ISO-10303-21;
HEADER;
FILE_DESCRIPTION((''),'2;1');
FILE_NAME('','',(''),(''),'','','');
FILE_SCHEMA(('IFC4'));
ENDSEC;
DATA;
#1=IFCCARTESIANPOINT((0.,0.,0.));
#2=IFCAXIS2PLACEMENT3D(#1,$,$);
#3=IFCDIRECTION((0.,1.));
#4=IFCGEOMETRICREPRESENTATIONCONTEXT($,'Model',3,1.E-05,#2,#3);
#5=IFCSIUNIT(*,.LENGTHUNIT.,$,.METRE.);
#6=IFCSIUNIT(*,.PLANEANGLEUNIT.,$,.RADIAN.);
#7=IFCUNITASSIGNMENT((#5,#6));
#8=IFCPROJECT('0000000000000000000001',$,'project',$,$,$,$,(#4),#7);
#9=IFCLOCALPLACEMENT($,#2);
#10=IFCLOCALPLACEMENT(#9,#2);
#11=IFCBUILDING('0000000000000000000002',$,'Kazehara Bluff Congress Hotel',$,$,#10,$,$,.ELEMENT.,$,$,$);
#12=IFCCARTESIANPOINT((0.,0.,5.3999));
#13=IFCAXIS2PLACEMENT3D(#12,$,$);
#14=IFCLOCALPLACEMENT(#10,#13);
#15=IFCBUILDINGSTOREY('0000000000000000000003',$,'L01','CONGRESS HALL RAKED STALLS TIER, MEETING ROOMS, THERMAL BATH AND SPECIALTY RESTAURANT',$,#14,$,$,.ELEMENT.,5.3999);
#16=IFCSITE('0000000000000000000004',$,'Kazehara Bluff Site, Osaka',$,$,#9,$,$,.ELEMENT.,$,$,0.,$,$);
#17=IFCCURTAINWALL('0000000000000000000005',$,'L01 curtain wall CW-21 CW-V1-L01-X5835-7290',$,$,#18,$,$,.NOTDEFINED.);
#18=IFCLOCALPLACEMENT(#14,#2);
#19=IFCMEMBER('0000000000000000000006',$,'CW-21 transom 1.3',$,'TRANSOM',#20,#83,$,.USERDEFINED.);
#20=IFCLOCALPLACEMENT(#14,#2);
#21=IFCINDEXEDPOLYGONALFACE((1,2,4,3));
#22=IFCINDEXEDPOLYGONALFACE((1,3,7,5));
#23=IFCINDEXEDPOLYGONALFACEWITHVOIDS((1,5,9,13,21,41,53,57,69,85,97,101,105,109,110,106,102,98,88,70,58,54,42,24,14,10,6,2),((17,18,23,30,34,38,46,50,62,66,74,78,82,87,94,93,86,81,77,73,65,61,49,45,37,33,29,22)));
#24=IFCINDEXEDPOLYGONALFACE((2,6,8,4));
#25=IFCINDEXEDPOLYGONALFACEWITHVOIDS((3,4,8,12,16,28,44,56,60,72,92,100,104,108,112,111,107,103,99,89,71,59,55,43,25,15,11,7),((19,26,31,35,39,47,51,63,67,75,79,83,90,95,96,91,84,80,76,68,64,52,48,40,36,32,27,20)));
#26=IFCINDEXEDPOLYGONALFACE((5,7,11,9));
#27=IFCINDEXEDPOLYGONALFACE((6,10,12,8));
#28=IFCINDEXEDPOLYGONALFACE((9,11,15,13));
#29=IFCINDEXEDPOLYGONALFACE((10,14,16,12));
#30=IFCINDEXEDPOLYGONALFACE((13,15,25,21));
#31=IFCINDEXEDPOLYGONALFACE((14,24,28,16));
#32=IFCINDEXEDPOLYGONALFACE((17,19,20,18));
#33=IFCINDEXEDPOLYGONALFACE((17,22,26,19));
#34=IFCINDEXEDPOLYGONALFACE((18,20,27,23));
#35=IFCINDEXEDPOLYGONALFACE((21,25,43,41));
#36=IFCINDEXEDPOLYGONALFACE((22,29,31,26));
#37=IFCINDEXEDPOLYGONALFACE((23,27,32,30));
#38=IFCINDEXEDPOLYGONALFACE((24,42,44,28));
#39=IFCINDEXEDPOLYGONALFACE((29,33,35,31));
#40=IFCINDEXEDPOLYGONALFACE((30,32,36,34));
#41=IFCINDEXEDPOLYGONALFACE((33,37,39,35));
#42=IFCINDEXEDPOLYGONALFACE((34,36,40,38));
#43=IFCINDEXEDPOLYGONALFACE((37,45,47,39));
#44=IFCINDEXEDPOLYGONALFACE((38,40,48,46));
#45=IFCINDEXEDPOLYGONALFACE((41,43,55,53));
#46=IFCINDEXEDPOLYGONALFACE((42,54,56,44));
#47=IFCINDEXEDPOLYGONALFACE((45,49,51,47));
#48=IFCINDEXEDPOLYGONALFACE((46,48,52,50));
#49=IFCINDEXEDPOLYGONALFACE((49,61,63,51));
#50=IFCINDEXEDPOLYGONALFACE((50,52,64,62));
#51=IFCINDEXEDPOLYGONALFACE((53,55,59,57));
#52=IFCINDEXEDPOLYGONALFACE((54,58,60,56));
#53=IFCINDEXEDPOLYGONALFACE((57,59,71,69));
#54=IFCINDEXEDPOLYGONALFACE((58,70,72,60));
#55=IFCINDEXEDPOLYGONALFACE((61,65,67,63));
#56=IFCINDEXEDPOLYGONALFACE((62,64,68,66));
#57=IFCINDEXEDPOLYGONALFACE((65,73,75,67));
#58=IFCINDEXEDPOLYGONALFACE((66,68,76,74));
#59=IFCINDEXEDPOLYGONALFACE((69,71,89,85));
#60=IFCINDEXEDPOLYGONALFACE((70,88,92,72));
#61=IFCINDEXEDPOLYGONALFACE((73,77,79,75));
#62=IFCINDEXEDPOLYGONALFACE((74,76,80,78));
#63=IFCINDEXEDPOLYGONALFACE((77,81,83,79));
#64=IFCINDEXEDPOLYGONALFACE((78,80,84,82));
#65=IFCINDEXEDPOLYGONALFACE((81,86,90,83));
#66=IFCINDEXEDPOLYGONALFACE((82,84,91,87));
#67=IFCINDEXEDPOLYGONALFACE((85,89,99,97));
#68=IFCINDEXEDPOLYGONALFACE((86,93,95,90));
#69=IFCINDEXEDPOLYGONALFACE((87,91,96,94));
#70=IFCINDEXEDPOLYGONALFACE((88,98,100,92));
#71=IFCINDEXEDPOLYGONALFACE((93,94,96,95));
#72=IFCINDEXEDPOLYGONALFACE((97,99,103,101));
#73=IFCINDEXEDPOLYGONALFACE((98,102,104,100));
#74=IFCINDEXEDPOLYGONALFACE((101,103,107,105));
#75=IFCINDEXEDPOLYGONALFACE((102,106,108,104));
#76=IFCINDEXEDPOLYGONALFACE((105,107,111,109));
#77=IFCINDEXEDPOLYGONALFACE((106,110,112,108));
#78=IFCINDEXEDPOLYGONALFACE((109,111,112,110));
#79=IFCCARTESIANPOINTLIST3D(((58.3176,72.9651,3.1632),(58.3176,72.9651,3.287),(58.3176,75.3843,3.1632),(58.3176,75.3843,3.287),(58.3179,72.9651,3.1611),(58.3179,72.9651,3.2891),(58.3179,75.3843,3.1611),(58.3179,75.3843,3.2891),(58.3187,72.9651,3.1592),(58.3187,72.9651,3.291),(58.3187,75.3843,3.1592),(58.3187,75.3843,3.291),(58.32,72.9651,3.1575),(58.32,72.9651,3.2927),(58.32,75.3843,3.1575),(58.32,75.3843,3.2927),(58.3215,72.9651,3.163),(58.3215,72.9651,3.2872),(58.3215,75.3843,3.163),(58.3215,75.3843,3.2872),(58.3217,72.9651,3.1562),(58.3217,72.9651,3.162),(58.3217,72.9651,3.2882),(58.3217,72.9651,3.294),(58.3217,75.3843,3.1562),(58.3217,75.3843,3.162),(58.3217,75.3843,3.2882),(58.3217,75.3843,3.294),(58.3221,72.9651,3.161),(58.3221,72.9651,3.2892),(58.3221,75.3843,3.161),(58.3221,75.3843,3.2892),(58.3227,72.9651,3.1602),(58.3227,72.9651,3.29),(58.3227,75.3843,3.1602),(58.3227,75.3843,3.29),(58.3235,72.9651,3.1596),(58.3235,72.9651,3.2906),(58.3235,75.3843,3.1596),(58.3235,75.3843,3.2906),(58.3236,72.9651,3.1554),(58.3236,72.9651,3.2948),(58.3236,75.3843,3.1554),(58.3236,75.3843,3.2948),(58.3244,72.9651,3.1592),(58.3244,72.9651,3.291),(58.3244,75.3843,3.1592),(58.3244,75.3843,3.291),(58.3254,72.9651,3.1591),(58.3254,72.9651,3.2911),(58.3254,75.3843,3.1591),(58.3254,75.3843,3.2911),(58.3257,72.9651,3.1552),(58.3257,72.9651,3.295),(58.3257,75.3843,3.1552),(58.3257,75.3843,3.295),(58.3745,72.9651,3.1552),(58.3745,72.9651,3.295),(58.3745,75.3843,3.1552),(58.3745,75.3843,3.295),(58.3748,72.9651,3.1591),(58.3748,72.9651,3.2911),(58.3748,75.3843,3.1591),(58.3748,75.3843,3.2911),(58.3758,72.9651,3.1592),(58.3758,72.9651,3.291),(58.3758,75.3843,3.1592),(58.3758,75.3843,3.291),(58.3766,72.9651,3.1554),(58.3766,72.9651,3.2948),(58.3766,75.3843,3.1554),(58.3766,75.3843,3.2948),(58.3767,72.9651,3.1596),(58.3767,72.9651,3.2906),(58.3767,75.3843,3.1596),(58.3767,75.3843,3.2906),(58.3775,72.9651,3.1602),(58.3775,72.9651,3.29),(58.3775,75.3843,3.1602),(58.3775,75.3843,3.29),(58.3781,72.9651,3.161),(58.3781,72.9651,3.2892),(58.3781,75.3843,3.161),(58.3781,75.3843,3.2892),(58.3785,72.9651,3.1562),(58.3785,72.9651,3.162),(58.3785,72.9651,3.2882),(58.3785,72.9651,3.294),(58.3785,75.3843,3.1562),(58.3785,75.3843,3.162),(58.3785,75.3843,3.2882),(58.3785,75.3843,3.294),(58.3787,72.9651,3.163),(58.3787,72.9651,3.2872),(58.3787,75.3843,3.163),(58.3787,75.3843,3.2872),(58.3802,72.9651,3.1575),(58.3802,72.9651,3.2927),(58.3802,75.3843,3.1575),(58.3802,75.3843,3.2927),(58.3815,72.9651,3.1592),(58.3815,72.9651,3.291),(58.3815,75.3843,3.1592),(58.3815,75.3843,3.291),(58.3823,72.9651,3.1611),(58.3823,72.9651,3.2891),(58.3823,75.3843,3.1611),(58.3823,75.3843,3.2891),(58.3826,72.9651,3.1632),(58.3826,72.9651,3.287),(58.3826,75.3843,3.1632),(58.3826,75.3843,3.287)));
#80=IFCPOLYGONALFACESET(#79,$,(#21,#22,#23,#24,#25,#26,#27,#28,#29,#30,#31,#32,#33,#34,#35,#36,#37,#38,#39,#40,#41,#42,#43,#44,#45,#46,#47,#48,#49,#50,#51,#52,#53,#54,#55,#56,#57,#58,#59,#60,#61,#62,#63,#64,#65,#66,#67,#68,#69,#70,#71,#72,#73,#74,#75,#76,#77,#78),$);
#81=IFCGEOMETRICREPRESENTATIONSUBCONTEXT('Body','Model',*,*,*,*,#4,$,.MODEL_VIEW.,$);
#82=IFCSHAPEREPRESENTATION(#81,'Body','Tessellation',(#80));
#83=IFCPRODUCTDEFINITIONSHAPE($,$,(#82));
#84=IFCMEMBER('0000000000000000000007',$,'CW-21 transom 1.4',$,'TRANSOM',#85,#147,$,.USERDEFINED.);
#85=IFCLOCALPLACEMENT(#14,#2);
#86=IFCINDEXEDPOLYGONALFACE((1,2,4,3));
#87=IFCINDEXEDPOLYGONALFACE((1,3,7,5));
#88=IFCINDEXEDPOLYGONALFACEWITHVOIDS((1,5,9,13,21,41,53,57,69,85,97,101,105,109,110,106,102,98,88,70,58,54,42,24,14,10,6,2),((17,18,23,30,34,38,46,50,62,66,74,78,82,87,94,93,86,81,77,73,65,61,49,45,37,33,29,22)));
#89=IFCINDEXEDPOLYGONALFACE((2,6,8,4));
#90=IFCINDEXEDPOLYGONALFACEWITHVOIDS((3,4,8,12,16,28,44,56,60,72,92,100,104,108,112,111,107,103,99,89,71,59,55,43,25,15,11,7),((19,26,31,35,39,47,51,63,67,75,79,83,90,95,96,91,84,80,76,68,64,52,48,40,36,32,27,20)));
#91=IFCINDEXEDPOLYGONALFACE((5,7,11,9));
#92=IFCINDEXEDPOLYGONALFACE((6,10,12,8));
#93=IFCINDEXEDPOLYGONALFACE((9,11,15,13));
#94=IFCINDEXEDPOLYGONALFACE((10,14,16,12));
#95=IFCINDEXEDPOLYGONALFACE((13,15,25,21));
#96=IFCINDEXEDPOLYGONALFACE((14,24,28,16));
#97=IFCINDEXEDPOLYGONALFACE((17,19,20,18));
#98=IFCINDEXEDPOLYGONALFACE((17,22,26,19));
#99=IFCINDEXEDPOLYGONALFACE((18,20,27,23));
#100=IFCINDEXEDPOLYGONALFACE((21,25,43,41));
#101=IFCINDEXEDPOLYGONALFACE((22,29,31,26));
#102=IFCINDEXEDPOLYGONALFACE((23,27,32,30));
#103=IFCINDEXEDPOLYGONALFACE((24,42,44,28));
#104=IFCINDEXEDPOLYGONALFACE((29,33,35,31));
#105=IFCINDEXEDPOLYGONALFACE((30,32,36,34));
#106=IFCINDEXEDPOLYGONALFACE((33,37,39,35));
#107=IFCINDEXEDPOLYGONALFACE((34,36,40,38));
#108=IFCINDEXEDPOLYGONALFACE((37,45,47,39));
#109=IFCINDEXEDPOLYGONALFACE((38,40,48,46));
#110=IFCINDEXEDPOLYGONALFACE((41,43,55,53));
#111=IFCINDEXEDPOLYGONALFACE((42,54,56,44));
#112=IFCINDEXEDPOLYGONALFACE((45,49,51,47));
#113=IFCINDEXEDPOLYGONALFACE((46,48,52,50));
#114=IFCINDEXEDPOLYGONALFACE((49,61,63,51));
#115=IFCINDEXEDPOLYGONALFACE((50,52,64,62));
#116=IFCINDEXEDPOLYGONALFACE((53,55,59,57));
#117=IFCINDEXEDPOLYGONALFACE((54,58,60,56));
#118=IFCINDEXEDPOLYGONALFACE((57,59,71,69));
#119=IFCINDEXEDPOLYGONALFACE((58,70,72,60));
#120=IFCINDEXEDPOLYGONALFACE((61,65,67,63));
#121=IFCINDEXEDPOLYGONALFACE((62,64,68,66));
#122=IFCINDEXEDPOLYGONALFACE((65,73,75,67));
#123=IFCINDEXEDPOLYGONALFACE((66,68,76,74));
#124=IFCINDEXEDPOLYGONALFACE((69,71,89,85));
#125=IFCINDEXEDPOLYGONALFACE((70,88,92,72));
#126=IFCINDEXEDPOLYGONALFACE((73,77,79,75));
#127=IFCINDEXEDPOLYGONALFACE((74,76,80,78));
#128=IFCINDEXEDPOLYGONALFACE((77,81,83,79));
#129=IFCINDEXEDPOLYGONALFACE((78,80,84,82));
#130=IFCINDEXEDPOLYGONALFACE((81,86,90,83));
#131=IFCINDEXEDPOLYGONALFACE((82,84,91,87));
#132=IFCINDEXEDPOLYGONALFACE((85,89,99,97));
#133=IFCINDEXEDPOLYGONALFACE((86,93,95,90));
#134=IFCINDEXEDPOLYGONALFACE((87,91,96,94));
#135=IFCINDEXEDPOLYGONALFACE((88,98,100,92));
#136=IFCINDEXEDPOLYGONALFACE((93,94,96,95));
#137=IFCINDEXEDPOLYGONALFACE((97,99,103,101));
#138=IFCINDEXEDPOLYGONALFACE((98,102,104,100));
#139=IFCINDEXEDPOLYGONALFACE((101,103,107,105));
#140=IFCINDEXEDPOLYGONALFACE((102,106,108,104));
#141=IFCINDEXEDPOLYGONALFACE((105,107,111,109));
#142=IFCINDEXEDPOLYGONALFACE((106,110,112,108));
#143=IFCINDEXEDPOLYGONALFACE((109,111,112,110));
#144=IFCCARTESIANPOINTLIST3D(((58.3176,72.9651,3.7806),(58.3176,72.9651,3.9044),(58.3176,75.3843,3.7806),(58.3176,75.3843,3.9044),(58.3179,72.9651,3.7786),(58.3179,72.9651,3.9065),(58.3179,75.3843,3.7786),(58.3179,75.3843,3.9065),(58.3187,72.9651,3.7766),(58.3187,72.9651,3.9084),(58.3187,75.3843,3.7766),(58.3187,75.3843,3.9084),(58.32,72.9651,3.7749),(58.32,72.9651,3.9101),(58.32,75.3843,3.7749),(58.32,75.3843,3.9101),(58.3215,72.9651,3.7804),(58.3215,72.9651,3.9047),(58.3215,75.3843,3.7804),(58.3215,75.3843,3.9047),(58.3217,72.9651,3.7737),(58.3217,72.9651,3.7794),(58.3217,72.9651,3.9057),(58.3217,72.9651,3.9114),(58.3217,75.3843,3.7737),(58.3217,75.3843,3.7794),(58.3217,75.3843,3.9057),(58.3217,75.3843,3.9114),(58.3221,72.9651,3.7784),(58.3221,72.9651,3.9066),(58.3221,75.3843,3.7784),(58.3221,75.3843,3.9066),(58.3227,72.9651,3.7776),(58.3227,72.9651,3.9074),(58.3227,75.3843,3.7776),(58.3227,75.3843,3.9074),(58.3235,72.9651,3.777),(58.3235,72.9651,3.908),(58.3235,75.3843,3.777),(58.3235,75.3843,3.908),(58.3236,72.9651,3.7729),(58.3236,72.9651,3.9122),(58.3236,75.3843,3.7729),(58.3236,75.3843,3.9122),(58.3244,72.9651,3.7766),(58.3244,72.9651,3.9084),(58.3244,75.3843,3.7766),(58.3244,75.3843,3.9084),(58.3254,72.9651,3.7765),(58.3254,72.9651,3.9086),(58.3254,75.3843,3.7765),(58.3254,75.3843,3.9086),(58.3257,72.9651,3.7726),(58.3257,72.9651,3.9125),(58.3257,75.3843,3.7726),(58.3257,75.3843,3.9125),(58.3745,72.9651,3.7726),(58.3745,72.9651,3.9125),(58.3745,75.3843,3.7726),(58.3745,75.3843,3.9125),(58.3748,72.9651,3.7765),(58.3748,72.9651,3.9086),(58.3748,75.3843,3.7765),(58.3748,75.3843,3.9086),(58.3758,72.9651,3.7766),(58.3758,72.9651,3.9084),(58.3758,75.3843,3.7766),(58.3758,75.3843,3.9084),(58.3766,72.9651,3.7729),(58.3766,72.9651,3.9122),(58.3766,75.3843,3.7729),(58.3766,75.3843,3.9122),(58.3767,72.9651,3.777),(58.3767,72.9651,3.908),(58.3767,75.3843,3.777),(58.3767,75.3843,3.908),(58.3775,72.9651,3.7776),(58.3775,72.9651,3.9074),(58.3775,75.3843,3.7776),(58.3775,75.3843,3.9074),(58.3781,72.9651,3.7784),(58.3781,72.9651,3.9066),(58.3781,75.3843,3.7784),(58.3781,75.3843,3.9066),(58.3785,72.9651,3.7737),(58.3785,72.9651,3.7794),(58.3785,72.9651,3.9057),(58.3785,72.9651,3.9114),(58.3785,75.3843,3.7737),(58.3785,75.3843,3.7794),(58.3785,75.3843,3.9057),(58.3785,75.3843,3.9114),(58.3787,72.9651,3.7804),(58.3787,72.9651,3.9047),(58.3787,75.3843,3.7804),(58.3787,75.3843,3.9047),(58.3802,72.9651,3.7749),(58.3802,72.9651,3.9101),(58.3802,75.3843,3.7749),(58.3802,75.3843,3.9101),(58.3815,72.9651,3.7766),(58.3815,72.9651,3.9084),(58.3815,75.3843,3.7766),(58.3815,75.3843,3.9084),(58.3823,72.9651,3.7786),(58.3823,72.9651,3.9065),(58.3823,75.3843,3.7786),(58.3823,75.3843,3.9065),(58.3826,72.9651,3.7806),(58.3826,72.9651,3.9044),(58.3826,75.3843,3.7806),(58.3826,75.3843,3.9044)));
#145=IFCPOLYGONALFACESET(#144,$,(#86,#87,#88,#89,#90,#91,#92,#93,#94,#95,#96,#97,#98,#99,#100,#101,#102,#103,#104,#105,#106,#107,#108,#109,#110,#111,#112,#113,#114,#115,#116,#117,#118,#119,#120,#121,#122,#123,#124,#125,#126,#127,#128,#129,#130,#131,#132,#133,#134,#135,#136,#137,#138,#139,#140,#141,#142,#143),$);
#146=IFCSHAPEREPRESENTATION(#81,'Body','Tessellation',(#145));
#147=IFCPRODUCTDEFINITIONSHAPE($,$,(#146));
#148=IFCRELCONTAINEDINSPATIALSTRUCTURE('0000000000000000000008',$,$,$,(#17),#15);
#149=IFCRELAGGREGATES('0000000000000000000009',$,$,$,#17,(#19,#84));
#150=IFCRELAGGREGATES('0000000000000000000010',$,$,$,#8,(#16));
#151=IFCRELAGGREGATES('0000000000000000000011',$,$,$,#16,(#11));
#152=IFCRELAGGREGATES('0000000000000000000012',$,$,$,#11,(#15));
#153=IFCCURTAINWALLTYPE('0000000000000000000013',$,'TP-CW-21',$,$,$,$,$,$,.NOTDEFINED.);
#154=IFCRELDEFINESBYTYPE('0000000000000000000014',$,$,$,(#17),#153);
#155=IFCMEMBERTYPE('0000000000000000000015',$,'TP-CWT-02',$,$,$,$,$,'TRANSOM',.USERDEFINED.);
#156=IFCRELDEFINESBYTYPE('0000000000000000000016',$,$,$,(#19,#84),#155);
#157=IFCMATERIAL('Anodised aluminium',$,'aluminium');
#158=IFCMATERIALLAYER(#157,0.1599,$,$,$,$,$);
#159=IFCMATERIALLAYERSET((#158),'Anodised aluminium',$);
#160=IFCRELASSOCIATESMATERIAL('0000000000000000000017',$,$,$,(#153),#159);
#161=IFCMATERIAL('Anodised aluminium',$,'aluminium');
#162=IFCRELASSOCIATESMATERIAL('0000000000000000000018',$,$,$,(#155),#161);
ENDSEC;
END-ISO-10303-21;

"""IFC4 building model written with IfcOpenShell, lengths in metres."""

from ifc_helpers import new_model, si_unit, direction, frame, origin, origin_2d, place, context, subcontext, project, spatial, hollow_rectangle, extrude, material, layer, layer_set, material_profile, profile_set, type_object, element, aggregate, save


model = new_model("IFC4")

# Units and contexts
model_context = context("Model", 3, precision=1e-05, world=origin(), true_north=direction((0.0, 1.0)))
body_context = subcontext(model_context, "Body", "Model", "MODEL_VIEW")
ifc_project = project(units=[si_unit("LENGTHUNIT", "METRE"), si_unit("PLANEANGLEUNIT", "RADIAN")], contexts=[model_context])

# Site, building, storey
site_placement = place(None, origin())
site = spatial("IfcSite", under=ifc_project, at=site_placement, Name="Kazehara Bluff Site, Osaka", CompositionType="ELEMENT", RefElevation=0.0)
building_placement = place(site_placement, origin())
building = spatial("IfcBuilding", under=site, at=building_placement, Name="Kazehara Bluff Congress Hotel", CompositionType="ELEMENT")
storey_placement = place(building_placement, frame((0.0, 0.0, 5.3999)))
storey = spatial("IfcBuildingStorey", under=building, at=storey_placement, Name="L01", Description="CONGRESS HALL RAKED STALLS TIER, MEETING ROOMS, THERMAL BATH AND SPECIALTY RESTAURANT", CompositionType="ELEMENT", Elevation=5.3999)

# Curtain wall
ifc_material_1 = material(Name="Anodised aluminium", Category="aluminium")
ifc_layer_1 = layer(ifc_material_1, 0.1599)
ifc_layer_set_1 = layer_set([ifc_layer_1], Name="Anodised aluminium")
curtain_wall_type_1 = type_object("IfcCurtainWallType", Name="TP-CW-21", PredefinedType="NOTDEFINED", material=ifc_layer_set_1)
curtain_wall_1_placement = place(storey_placement, origin())
curtain_wall_1 = element("IfcCurtainWall", 1, at=curtain_wall_1_placement, inside=storey, type_object=curtain_wall_type_1, Name="L01 curtain wall CW-21 CW-V1-L01-X5835-7290", PredefinedType="NOTDEFINED")

# Members
ifc_material_2 = material(Name="Anodised aluminium", Category="aluminium")
ifc_material_profile_1 = material_profile(ifc_material_2, hollow_rectangle(XDim=0.0649, YDim=0.1399, WallThickness=0.0039, InnerFilletRadius=0.0039, OuterFilletRadius=0.0081, at=origin_2d()))
ifc_profile_set_1 = profile_set([ifc_material_profile_1], Name="Anodised aluminium")
member_type_1 = type_object("IfcMemberType", Name="TP-CWT-02", ElementType="TRANSOM", PredefinedType="USERDEFINED", material=ifc_profile_set_1)
member_1_placement = place(storey_placement, frame((58.3501, 72.9651, 3.2251), z_axis=(0.0, 1.0, 0.0), x_axis=(-1.0, 0.0, 0.0)))
member_1 = element("IfcMember", 2, at=member_1_placement, type_object=member_type_1, Name="CW-21 transom 1.3", ObjectType="TRANSOM", PredefinedType="USERDEFINED", context=body_context, shape_type="SweptSolid", body=[
    extrude(hollow_rectangle(XDim=0.0649, YDim=0.1399, WallThickness=0.0039, InnerFilletRadius=0.0039, OuterFilletRadius=0.0081, at=origin_2d()), origin(), (0.0, 0.0, 1.0), 2.4192),
])
member_2_placement = place(storey_placement, frame((58.3501, 72.9651, 3.8425), z_axis=(0.0, 1.0, 0.0), x_axis=(-1.0, 0.0, 0.0)))
member_2 = element("IfcMember", 3, at=member_2_placement, type_object=member_type_1, Name="CW-21 transom 1.4", ObjectType="TRANSOM", PredefinedType="USERDEFINED", context=body_context, shape_type="SweptSolid", body=[
    extrude(hollow_rectangle(XDim=0.0649, YDim=0.1399, WallThickness=0.0039, InnerFilletRadius=0.0039, OuterFilletRadius=0.0081, at=origin_2d()), origin(), (0.0, 0.0, 1.0), 2.4192),
])

aggregate(curtain_wall_1, [member_1, member_2])

save(model, "model.ifc")
